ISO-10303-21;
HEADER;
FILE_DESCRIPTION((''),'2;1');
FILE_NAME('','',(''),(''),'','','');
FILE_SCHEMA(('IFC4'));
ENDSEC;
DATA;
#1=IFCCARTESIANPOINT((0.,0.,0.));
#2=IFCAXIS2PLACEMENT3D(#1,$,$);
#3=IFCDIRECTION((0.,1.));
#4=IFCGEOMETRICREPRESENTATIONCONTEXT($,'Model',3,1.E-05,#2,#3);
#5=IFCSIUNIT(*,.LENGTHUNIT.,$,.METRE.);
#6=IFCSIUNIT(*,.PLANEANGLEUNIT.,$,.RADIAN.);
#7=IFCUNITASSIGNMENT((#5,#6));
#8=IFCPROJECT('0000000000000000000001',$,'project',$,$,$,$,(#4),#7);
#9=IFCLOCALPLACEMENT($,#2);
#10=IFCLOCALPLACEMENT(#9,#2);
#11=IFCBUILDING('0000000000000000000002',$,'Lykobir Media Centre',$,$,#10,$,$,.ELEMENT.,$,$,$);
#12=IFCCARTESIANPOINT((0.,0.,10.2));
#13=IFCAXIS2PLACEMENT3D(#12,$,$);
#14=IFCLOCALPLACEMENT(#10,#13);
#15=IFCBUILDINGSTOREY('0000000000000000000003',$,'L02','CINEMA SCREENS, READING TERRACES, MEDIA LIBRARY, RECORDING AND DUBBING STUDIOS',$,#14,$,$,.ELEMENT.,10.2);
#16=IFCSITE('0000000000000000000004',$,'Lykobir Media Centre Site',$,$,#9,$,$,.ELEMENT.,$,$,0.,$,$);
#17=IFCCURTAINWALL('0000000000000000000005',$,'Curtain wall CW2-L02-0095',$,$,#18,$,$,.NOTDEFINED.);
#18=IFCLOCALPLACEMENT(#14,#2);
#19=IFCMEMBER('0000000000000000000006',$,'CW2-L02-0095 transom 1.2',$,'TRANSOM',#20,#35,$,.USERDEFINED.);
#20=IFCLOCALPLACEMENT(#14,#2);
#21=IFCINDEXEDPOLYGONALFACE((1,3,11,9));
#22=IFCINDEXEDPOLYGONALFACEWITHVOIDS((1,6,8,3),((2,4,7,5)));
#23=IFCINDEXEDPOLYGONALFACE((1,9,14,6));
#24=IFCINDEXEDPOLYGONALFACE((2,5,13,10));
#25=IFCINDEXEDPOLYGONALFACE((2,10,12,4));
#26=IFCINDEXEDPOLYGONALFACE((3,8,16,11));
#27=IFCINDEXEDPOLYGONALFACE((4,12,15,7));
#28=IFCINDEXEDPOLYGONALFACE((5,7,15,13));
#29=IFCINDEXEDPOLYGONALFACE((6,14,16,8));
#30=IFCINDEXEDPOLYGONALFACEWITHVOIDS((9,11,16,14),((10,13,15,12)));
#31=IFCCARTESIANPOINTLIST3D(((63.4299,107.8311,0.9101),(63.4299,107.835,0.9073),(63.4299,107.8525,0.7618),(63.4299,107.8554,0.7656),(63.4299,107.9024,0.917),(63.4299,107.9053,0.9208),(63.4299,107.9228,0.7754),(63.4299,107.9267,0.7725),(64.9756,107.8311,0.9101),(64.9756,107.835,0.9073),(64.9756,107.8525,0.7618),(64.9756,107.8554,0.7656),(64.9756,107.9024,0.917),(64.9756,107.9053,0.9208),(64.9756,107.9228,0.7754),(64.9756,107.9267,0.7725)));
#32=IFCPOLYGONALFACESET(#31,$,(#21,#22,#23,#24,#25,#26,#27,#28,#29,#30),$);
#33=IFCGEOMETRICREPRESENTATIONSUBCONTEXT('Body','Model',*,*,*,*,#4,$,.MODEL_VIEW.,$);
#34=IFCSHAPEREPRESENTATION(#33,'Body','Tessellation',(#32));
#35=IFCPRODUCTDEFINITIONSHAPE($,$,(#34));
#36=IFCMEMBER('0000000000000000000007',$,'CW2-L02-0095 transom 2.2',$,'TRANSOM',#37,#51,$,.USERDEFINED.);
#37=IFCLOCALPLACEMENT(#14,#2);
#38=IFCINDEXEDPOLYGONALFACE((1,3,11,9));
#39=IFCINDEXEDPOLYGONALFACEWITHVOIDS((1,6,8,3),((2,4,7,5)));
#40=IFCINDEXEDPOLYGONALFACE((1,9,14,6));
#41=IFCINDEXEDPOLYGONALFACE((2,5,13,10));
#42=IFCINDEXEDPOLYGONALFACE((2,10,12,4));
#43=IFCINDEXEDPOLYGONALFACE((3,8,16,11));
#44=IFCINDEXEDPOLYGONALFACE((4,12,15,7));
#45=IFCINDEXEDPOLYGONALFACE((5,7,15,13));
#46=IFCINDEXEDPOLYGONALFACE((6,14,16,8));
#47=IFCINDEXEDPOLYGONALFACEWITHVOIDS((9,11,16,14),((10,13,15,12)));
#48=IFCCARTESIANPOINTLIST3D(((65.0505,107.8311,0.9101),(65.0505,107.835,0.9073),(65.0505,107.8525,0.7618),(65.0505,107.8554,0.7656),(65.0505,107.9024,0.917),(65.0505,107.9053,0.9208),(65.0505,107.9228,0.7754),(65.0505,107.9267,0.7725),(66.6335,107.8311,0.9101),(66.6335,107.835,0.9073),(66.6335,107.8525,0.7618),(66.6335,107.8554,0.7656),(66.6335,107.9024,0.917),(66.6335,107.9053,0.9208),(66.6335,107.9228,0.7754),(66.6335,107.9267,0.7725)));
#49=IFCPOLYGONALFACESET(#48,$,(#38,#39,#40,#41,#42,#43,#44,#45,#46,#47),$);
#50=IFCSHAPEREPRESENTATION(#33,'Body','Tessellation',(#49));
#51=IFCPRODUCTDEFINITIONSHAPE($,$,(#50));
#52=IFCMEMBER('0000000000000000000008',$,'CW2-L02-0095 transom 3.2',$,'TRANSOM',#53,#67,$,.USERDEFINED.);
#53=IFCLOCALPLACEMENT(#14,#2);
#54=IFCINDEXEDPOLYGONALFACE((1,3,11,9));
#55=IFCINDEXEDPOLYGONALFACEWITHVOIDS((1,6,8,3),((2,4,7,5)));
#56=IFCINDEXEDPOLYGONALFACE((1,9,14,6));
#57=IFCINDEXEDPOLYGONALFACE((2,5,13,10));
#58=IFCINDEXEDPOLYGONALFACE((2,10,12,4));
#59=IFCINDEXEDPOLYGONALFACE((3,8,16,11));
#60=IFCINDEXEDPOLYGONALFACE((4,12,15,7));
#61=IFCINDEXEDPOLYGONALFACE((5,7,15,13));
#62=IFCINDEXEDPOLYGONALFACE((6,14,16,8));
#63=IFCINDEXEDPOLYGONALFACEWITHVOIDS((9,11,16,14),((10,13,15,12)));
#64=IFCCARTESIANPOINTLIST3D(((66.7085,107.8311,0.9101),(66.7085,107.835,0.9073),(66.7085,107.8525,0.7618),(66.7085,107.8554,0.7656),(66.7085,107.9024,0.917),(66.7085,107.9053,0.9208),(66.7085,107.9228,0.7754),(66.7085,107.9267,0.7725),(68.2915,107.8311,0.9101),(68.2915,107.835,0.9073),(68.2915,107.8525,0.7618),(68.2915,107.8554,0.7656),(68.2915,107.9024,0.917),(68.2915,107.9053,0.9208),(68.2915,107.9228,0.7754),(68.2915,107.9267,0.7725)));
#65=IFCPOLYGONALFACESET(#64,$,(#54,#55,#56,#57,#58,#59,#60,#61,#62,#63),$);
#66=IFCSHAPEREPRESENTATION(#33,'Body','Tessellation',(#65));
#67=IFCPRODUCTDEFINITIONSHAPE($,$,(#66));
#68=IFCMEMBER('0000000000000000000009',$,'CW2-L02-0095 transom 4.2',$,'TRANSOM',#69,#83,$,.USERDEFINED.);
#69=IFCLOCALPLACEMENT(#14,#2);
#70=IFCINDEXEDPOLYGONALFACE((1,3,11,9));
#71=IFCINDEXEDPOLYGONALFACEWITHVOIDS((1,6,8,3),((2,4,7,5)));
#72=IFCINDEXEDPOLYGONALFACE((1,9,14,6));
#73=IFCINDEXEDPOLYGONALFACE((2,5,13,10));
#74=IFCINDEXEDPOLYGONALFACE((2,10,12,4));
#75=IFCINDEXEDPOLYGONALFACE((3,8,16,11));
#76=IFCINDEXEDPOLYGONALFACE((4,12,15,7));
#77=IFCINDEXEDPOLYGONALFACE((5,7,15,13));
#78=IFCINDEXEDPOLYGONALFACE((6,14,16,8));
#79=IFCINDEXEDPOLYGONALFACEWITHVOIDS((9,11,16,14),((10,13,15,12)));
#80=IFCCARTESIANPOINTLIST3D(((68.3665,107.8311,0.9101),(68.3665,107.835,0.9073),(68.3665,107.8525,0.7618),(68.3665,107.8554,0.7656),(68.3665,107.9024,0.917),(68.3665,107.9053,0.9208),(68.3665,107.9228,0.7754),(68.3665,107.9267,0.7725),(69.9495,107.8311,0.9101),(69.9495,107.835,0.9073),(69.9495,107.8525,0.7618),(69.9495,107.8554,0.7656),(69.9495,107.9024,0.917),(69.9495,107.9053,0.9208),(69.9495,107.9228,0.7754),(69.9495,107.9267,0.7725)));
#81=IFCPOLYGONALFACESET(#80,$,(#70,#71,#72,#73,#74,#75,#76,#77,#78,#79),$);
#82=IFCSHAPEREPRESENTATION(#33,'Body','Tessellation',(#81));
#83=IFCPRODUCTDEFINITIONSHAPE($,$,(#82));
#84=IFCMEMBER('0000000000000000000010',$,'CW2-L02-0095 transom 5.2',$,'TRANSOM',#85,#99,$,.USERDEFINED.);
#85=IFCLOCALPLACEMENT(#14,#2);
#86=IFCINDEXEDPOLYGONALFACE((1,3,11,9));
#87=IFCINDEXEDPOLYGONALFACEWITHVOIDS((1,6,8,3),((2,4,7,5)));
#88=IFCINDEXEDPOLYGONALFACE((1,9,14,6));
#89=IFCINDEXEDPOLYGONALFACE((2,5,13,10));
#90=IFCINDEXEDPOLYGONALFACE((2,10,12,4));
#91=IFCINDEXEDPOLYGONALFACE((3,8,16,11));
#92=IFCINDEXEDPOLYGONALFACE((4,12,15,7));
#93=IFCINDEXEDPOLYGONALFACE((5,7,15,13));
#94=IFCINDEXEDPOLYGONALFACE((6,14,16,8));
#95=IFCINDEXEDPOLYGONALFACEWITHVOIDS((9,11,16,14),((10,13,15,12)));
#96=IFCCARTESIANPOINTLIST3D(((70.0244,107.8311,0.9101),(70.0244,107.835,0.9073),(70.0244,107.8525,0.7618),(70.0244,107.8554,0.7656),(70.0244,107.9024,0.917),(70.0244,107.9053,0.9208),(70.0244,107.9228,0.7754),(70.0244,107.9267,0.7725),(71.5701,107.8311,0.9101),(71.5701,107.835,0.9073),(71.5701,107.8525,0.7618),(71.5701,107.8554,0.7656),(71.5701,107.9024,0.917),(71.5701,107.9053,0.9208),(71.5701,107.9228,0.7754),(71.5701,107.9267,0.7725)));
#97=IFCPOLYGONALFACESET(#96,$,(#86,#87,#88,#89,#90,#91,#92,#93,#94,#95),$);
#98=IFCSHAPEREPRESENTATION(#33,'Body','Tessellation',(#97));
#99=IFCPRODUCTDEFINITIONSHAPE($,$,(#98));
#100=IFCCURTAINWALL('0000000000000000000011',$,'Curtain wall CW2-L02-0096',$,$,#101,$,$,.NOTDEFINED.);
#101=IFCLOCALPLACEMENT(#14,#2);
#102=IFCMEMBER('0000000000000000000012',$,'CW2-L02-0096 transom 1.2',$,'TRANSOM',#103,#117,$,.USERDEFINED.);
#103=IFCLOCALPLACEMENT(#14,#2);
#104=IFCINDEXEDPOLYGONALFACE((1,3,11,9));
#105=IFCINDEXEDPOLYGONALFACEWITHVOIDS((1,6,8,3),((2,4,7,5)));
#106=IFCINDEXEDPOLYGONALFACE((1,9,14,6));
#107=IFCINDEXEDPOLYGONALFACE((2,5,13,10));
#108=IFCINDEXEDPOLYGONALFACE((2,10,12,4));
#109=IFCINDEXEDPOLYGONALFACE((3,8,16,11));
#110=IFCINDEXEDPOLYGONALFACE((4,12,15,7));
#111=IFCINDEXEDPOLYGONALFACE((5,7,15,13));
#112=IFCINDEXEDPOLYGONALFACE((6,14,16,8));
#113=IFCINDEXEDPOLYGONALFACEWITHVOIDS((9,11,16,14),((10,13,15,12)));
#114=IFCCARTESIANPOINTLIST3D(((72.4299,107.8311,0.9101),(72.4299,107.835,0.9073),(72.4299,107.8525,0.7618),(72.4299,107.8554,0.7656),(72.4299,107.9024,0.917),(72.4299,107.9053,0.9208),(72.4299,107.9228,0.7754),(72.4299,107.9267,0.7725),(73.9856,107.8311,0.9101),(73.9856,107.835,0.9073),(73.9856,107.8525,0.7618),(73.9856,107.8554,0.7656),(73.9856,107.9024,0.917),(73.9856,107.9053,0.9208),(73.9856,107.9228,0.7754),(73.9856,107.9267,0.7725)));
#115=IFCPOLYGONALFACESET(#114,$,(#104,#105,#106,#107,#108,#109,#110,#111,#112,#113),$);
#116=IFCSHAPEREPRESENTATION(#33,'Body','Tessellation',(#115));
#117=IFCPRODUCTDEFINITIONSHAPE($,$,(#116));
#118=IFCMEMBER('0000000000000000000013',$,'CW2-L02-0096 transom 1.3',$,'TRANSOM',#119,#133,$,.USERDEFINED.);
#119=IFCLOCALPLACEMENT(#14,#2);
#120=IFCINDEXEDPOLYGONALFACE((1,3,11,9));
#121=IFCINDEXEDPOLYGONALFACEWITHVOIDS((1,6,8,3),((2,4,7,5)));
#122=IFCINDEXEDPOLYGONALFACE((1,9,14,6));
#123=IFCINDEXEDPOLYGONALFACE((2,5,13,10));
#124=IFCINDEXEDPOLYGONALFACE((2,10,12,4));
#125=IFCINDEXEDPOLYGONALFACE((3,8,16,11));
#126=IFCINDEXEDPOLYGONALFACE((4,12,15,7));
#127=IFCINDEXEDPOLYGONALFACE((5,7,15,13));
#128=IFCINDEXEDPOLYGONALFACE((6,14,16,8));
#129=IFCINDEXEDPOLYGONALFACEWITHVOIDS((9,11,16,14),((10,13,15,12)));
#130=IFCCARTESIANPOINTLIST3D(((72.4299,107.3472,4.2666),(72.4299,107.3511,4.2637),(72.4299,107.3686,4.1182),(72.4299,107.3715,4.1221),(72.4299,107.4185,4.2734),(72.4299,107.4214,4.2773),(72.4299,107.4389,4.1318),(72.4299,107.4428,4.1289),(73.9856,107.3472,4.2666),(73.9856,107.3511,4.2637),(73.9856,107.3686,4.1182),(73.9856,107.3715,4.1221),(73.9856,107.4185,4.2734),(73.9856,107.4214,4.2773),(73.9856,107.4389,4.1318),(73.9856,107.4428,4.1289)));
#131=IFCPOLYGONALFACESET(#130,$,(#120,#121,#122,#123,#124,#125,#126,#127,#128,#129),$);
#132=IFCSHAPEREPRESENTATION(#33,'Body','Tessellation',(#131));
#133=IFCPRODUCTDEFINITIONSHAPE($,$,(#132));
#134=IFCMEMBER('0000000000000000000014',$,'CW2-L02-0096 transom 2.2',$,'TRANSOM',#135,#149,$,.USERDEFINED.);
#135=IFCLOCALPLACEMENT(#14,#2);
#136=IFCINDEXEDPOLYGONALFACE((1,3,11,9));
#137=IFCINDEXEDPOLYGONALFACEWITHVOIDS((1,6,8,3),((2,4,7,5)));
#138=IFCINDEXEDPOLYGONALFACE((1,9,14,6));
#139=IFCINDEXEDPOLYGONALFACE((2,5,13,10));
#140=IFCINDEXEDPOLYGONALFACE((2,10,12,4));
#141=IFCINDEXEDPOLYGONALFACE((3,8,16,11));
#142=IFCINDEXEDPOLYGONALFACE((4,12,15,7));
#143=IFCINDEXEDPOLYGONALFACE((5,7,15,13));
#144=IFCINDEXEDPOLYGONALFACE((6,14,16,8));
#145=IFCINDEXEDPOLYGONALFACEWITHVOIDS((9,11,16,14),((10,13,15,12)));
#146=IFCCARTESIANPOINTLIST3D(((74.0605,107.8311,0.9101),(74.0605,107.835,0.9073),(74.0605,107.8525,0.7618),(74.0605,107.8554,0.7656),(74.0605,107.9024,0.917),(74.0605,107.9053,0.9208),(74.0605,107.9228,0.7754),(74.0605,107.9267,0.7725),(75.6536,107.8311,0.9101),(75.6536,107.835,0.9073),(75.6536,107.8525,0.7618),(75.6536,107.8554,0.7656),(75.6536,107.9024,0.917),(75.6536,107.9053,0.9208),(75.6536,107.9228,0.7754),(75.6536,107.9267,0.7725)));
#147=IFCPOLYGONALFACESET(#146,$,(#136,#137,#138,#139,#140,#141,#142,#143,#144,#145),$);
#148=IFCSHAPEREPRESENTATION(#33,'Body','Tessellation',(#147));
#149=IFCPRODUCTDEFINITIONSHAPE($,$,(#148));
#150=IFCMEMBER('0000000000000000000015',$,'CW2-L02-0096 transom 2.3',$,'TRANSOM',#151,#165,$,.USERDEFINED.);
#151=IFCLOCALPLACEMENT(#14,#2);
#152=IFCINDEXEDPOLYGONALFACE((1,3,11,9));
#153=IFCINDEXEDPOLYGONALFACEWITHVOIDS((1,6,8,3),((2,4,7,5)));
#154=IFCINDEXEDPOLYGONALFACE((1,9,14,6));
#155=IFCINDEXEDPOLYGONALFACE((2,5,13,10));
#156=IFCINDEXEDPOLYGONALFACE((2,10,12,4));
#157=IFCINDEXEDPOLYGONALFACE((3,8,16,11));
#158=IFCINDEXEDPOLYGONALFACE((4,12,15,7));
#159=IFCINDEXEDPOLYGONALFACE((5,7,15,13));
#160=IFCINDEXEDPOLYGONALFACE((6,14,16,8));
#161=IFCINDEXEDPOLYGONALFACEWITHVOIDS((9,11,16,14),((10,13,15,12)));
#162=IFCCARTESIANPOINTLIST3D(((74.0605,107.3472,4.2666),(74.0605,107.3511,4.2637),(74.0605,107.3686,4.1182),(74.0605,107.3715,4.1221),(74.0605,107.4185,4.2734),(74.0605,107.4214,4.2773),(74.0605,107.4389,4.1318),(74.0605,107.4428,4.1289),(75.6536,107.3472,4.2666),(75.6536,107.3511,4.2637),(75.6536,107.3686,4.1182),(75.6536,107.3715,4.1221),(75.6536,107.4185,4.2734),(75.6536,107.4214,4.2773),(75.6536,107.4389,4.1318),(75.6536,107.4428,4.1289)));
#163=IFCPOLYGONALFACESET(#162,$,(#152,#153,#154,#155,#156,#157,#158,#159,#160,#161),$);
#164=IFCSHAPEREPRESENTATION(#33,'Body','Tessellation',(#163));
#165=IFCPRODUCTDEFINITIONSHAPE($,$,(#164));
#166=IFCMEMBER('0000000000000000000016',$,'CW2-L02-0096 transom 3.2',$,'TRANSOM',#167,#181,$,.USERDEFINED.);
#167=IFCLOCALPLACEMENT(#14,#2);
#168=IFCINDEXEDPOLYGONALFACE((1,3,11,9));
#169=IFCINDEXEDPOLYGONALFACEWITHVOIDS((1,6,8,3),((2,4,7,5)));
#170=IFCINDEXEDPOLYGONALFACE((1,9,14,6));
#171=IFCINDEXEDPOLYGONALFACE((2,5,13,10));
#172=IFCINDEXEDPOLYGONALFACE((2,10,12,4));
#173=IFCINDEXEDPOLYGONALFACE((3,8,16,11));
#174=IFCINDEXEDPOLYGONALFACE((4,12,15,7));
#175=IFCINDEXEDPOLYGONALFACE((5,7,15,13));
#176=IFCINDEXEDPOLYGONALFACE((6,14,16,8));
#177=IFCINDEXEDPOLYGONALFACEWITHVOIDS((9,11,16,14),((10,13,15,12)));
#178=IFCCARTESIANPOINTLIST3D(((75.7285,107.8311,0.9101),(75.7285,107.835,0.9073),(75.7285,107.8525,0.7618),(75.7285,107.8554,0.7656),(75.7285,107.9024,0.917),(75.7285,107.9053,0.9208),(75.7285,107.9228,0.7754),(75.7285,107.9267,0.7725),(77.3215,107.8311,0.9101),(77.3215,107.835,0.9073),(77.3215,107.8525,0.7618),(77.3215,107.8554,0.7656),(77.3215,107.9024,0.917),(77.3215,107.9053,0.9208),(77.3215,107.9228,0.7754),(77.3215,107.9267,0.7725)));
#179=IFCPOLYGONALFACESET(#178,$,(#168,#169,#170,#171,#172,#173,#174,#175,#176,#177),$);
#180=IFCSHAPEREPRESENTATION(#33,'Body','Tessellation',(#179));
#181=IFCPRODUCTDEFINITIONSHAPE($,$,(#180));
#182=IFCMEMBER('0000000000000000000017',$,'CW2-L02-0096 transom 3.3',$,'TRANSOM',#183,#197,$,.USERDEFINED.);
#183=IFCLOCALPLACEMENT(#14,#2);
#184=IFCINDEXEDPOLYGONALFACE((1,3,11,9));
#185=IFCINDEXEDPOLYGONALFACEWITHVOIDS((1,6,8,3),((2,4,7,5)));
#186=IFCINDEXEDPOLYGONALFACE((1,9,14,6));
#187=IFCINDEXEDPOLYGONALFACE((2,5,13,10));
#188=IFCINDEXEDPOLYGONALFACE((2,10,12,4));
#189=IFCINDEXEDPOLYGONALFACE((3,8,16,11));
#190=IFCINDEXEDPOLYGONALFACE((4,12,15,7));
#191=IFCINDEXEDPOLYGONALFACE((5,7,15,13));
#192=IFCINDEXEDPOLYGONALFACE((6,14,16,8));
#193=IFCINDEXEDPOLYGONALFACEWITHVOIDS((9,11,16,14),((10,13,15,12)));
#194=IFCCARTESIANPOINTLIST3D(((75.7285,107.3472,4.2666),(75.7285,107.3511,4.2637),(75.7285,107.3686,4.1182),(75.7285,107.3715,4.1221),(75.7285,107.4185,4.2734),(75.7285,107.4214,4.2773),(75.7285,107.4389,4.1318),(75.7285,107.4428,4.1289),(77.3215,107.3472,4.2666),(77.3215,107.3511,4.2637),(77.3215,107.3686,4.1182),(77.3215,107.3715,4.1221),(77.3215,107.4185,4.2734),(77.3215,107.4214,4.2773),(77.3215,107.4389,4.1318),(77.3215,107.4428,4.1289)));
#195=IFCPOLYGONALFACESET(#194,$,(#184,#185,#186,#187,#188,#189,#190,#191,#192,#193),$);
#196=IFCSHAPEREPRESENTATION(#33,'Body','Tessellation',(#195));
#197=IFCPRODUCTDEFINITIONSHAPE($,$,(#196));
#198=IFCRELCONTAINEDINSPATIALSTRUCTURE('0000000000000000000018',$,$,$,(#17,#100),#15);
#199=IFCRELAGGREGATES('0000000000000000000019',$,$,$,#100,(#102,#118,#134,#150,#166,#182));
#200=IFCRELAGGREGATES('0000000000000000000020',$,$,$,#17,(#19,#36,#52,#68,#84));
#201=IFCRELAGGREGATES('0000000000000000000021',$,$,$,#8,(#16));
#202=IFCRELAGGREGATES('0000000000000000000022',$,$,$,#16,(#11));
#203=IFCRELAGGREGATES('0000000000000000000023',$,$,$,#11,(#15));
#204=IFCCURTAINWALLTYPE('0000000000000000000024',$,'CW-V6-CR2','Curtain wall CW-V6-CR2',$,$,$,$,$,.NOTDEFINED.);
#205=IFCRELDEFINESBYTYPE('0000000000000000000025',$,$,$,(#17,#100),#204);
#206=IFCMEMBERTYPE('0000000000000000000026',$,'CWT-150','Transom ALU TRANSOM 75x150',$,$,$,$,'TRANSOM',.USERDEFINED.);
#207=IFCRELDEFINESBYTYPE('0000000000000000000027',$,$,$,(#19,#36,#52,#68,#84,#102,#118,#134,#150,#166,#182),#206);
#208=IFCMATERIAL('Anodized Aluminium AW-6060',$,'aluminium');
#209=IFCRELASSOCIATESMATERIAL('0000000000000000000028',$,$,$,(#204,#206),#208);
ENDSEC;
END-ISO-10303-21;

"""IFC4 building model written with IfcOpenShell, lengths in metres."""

from ifc_helpers import new_model, si_unit, direction, frame, origin, origin_2d, place, context, subcontext, project, spatial, hollow_rectangle, extrude, material, material_profile, profile_set, type_object, element, aggregate, save


model = new_model("IFC4")

# Units and contexts
model_context = context("Model", 3, precision=1e-05, world=origin(), true_north=direction((0.0, 1.0)))
body_context = subcontext(model_context, "Body", "Model", "MODEL_VIEW")
ifc_project = project(units=[si_unit("LENGTHUNIT", "METRE"), si_unit("PLANEANGLEUNIT", "RADIAN")], contexts=[model_context])

# Site, building, storey
site_placement = place(None, origin())
site = spatial("IfcSite", under=ifc_project, at=site_placement, Name="Lykobir Media Centre Site", CompositionType="ELEMENT", RefElevation=0.0)
building_placement = place(site_placement, origin())
building = spatial("IfcBuilding", under=site, at=building_placement, Name="Lykobir Media Centre", CompositionType="ELEMENT")
storey_placement = place(building_placement, frame((0.0, 0.0, 10.2)))
storey = spatial("IfcBuildingStorey", under=building, at=storey_placement, Name="L02", Description="CINEMA SCREENS, READING TERRACES, MEDIA LIBRARY, RECORDING AND DUBBING STUDIOS", CompositionType="ELEMENT", Elevation=10.2)

# Curtain walls, members
ifc_material_1 = material(Name="Anodized Aluminium AW-6060", Category="aluminium")
curtain_wall_type = type_object("IfcCurtainWallType", Name="CW-V6-CR2", Description="Curtain wall CW-V6-CR2", PredefinedType="NOTDEFINED", material=ifc_material_1)
curtain_wall_1_placement = place(storey_placement, origin())
curtain_wall_1 = element("IfcCurtainWall", 1, at=curtain_wall_1_placement, inside=storey, type_object=curtain_wall_type, Name="Curtain wall CW2-L02-0095", PredefinedType="NOTDEFINED")
ifc_material_profile = material_profile(ifc_material_1, hollow_rectangle(XDim=0.075, YDim=0.1499, WallThickness=0.0034, at=origin_2d()), Name="ALU TRANSOM 75x150")
ifc_profile_set = profile_set([ifc_material_profile], Name="Anodized Aluminium AW-6060")
member_type = type_object("IfcMemberType", Name="CWT-150", Description="Transom ALU TRANSOM 75x150", ElementType="TRANSOM", PredefinedType="USERDEFINED", material=ifc_profile_set)
member_1_placement = place(storey_placement, frame((63.4299, 107.8789, 0.8413), z_axis=(1.0, 0.0, 0.0), x_axis=(0.0, 0.989776, 0.142629)))
member_1 = element("IfcMember", 2, at=member_1_placement, type_object=member_type, Name="CW2-L02-0095 transom 1.2", ObjectType="TRANSOM", PredefinedType="USERDEFINED", context=body_context, shape_type="SweptSolid", body=[
    extrude(hollow_rectangle(XDim=0.075, YDim=0.1499, WallThickness=0.0034, at=origin_2d()), origin(), (0.0, 0.0, 1.0), 1.5457),
])
member_2_placement = place(storey_placement, frame((65.0505, 107.8789, 0.8413), z_axis=(1.0, 0.0, 0.0), x_axis=(0.0, 0.989776, 0.142629)))
member_2 = element("IfcMember", 3, at=member_2_placement, type_object=member_type, Name="CW2-L02-0095 transom 2.2", ObjectType="TRANSOM", PredefinedType="USERDEFINED", context=body_context, shape_type="SweptSolid", body=[
    extrude(hollow_rectangle(XDim=0.075, YDim=0.1499, WallThickness=0.0034, at=origin_2d()), origin(), (0.0, 0.0, 1.0), 1.583),
])
member_3_placement = place(storey_placement, frame((66.7085, 107.8789, 0.8413), z_axis=(1.0, 0.0, 0.0), x_axis=(0.0, 0.989776, 0.142629)))
member_3 = element("IfcMember", 4, at=member_3_placement, type_object=member_type, Name="CW2-L02-0095 transom 3.2", ObjectType="TRANSOM", PredefinedType="USERDEFINED", context=body_context, shape_type="SweptSolid", body=[
    extrude(hollow_rectangle(XDim=0.075, YDim=0.1499, WallThickness=0.0034, at=origin_2d()), origin(), (0.0, 0.0, 1.0), 1.583),
])
member_4_placement = place(storey_placement, frame((68.3665, 107.8789, 0.8413), z_axis=(1.0, 0.0, 0.0), x_axis=(0.0, 0.989776, 0.142629)))
member_4 = element("IfcMember", 5, at=member_4_placement, type_object=member_type, Name="CW2-L02-0095 transom 4.2", ObjectType="TRANSOM", PredefinedType="USERDEFINED", context=body_context, shape_type="SweptSolid", body=[
    extrude(hollow_rectangle(XDim=0.075, YDim=0.1499, WallThickness=0.0034, at=origin_2d()), origin(), (0.0, 0.0, 1.0), 1.583),
])
member_5_placement = place(storey_placement, frame((70.0244, 107.8789, 0.8413), z_axis=(1.0, 0.0, 0.0), x_axis=(0.0, 0.989776, 0.142629)))
member_5 = element("IfcMember", 6, at=member_5_placement, type_object=member_type, Name="CW2-L02-0095 transom 5.2", ObjectType="TRANSOM", PredefinedType="USERDEFINED", context=body_context, shape_type="SweptSolid", body=[
    extrude(hollow_rectangle(XDim=0.075, YDim=0.1499, WallThickness=0.0034, at=origin_2d()), origin(), (0.0, 0.0, 1.0), 1.5457),
])
curtain_wall_2_placement = place(storey_placement, origin())
curtain_wall_2 = element("IfcCurtainWall", 7, at=curtain_wall_2_placement, inside=storey, type_object=curtain_wall_type, Name="Curtain wall CW2-L02-0096", PredefinedType="NOTDEFINED")
member_6_placement = place(storey_placement, frame((72.4299, 107.8789, 0.8413), z_axis=(1.0, 0.0, 0.0), x_axis=(0.0, 0.989776, 0.142629)))
member_6 = element("IfcMember", 8, at=member_6_placement, type_object=member_type, Name="CW2-L02-0096 transom 1.2", ObjectType="TRANSOM", PredefinedType="USERDEFINED", context=body_context, shape_type="SweptSolid", body=[
    extrude(hollow_rectangle(XDim=0.075, YDim=0.1499, WallThickness=0.0034, at=origin_2d()), origin(), (0.0, 0.0, 1.0), 1.5557),
])
member_7_placement = place(storey_placement, frame((72.4299, 107.395, 4.1978), z_axis=(1.0, 0.0, 0.0), x_axis=(0.0, 0.989776, 0.142629)))
member_7 = element("IfcMember", 9, at=member_7_placement, type_object=member_type, Name="CW2-L02-0096 transom 1.3", ObjectType="TRANSOM", PredefinedType="USERDEFINED", context=body_context, shape_type="SweptSolid", body=[
    extrude(hollow_rectangle(XDim=0.075, YDim=0.1499, WallThickness=0.0034, at=origin_2d()), origin(), (0.0, 0.0, 1.0), 1.5557),
])
member_8_placement = place(storey_placement, frame((74.0605, 107.8789, 0.8413), z_axis=(1.0, 0.0, 0.0), x_axis=(0.0, 0.989776, 0.142629)))
member_8 = element("IfcMember", 10, at=member_8_placement, type_object=member_type, Name="CW2-L02-0096 transom 2.2", ObjectType="TRANSOM", PredefinedType="USERDEFINED", context=body_context, shape_type="SweptSolid", body=[
    extrude(hollow_rectangle(XDim=0.075, YDim=0.1499, WallThickness=0.0034, at=origin_2d()), origin(), (0.0, 0.0, 1.0), 1.593),
])
member_9_placement = place(storey_placement, frame((74.0605, 107.395, 4.1978), z_axis=(1.0, 0.0, 0.0), x_axis=(0.0, 0.989776, 0.142629)))
member_9 = element("IfcMember", 11, at=member_9_placement, type_object=member_type, Name="CW2-L02-0096 transom 2.3", ObjectType="TRANSOM", PredefinedType="USERDEFINED", context=body_context, shape_type="SweptSolid", body=[
    extrude(hollow_rectangle(XDim=0.075, YDim=0.1499, WallThickness=0.0034, at=origin_2d()), origin(), (0.0, 0.0, 1.0), 1.593),
])
member_10_placement = place(storey_placement, frame((75.7285, 107.8789, 0.8413), z_axis=(1.0, 0.0, 0.0), x_axis=(0.0, 0.989776, 0.142629)))
member_10 = element("IfcMember", 12, at=member_10_placement, type_object=member_type, Name="CW2-L02-0096 transom 3.2", ObjectType="TRANSOM", PredefinedType="USERDEFINED", context=body_context, shape_type="SweptSolid", body=[
    extrude(hollow_rectangle(XDim=0.075, YDim=0.1499, WallThickness=0.0034, at=origin_2d()), origin(), (0.0, 0.0, 1.0), 1.593),
])
member_11_placement = place(storey_placement, frame((75.7285, 107.395, 4.1978), z_axis=(1.0, 0.0, 0.0), x_axis=(0.0, 0.989776, 0.142629)))
member_11 = element("IfcMember", 13, at=member_11_placement, type_object=member_type, Name="CW2-L02-0096 transom 3.3", ObjectType="TRANSOM", PredefinedType="USERDEFINED", context=body_context, shape_type="SweptSolid", body=[
    extrude(hollow_rectangle(XDim=0.075, YDim=0.1499, WallThickness=0.0034, at=origin_2d()), origin(), (0.0, 0.0, 1.0), 1.593),
])

aggregate(curtain_wall_2, [member_6, member_7, member_8, member_9, member_10, member_11])
aggregate(curtain_wall_1, [member_1, member_2, member_3, member_4, member_5])

save(model, "model.ifc")
